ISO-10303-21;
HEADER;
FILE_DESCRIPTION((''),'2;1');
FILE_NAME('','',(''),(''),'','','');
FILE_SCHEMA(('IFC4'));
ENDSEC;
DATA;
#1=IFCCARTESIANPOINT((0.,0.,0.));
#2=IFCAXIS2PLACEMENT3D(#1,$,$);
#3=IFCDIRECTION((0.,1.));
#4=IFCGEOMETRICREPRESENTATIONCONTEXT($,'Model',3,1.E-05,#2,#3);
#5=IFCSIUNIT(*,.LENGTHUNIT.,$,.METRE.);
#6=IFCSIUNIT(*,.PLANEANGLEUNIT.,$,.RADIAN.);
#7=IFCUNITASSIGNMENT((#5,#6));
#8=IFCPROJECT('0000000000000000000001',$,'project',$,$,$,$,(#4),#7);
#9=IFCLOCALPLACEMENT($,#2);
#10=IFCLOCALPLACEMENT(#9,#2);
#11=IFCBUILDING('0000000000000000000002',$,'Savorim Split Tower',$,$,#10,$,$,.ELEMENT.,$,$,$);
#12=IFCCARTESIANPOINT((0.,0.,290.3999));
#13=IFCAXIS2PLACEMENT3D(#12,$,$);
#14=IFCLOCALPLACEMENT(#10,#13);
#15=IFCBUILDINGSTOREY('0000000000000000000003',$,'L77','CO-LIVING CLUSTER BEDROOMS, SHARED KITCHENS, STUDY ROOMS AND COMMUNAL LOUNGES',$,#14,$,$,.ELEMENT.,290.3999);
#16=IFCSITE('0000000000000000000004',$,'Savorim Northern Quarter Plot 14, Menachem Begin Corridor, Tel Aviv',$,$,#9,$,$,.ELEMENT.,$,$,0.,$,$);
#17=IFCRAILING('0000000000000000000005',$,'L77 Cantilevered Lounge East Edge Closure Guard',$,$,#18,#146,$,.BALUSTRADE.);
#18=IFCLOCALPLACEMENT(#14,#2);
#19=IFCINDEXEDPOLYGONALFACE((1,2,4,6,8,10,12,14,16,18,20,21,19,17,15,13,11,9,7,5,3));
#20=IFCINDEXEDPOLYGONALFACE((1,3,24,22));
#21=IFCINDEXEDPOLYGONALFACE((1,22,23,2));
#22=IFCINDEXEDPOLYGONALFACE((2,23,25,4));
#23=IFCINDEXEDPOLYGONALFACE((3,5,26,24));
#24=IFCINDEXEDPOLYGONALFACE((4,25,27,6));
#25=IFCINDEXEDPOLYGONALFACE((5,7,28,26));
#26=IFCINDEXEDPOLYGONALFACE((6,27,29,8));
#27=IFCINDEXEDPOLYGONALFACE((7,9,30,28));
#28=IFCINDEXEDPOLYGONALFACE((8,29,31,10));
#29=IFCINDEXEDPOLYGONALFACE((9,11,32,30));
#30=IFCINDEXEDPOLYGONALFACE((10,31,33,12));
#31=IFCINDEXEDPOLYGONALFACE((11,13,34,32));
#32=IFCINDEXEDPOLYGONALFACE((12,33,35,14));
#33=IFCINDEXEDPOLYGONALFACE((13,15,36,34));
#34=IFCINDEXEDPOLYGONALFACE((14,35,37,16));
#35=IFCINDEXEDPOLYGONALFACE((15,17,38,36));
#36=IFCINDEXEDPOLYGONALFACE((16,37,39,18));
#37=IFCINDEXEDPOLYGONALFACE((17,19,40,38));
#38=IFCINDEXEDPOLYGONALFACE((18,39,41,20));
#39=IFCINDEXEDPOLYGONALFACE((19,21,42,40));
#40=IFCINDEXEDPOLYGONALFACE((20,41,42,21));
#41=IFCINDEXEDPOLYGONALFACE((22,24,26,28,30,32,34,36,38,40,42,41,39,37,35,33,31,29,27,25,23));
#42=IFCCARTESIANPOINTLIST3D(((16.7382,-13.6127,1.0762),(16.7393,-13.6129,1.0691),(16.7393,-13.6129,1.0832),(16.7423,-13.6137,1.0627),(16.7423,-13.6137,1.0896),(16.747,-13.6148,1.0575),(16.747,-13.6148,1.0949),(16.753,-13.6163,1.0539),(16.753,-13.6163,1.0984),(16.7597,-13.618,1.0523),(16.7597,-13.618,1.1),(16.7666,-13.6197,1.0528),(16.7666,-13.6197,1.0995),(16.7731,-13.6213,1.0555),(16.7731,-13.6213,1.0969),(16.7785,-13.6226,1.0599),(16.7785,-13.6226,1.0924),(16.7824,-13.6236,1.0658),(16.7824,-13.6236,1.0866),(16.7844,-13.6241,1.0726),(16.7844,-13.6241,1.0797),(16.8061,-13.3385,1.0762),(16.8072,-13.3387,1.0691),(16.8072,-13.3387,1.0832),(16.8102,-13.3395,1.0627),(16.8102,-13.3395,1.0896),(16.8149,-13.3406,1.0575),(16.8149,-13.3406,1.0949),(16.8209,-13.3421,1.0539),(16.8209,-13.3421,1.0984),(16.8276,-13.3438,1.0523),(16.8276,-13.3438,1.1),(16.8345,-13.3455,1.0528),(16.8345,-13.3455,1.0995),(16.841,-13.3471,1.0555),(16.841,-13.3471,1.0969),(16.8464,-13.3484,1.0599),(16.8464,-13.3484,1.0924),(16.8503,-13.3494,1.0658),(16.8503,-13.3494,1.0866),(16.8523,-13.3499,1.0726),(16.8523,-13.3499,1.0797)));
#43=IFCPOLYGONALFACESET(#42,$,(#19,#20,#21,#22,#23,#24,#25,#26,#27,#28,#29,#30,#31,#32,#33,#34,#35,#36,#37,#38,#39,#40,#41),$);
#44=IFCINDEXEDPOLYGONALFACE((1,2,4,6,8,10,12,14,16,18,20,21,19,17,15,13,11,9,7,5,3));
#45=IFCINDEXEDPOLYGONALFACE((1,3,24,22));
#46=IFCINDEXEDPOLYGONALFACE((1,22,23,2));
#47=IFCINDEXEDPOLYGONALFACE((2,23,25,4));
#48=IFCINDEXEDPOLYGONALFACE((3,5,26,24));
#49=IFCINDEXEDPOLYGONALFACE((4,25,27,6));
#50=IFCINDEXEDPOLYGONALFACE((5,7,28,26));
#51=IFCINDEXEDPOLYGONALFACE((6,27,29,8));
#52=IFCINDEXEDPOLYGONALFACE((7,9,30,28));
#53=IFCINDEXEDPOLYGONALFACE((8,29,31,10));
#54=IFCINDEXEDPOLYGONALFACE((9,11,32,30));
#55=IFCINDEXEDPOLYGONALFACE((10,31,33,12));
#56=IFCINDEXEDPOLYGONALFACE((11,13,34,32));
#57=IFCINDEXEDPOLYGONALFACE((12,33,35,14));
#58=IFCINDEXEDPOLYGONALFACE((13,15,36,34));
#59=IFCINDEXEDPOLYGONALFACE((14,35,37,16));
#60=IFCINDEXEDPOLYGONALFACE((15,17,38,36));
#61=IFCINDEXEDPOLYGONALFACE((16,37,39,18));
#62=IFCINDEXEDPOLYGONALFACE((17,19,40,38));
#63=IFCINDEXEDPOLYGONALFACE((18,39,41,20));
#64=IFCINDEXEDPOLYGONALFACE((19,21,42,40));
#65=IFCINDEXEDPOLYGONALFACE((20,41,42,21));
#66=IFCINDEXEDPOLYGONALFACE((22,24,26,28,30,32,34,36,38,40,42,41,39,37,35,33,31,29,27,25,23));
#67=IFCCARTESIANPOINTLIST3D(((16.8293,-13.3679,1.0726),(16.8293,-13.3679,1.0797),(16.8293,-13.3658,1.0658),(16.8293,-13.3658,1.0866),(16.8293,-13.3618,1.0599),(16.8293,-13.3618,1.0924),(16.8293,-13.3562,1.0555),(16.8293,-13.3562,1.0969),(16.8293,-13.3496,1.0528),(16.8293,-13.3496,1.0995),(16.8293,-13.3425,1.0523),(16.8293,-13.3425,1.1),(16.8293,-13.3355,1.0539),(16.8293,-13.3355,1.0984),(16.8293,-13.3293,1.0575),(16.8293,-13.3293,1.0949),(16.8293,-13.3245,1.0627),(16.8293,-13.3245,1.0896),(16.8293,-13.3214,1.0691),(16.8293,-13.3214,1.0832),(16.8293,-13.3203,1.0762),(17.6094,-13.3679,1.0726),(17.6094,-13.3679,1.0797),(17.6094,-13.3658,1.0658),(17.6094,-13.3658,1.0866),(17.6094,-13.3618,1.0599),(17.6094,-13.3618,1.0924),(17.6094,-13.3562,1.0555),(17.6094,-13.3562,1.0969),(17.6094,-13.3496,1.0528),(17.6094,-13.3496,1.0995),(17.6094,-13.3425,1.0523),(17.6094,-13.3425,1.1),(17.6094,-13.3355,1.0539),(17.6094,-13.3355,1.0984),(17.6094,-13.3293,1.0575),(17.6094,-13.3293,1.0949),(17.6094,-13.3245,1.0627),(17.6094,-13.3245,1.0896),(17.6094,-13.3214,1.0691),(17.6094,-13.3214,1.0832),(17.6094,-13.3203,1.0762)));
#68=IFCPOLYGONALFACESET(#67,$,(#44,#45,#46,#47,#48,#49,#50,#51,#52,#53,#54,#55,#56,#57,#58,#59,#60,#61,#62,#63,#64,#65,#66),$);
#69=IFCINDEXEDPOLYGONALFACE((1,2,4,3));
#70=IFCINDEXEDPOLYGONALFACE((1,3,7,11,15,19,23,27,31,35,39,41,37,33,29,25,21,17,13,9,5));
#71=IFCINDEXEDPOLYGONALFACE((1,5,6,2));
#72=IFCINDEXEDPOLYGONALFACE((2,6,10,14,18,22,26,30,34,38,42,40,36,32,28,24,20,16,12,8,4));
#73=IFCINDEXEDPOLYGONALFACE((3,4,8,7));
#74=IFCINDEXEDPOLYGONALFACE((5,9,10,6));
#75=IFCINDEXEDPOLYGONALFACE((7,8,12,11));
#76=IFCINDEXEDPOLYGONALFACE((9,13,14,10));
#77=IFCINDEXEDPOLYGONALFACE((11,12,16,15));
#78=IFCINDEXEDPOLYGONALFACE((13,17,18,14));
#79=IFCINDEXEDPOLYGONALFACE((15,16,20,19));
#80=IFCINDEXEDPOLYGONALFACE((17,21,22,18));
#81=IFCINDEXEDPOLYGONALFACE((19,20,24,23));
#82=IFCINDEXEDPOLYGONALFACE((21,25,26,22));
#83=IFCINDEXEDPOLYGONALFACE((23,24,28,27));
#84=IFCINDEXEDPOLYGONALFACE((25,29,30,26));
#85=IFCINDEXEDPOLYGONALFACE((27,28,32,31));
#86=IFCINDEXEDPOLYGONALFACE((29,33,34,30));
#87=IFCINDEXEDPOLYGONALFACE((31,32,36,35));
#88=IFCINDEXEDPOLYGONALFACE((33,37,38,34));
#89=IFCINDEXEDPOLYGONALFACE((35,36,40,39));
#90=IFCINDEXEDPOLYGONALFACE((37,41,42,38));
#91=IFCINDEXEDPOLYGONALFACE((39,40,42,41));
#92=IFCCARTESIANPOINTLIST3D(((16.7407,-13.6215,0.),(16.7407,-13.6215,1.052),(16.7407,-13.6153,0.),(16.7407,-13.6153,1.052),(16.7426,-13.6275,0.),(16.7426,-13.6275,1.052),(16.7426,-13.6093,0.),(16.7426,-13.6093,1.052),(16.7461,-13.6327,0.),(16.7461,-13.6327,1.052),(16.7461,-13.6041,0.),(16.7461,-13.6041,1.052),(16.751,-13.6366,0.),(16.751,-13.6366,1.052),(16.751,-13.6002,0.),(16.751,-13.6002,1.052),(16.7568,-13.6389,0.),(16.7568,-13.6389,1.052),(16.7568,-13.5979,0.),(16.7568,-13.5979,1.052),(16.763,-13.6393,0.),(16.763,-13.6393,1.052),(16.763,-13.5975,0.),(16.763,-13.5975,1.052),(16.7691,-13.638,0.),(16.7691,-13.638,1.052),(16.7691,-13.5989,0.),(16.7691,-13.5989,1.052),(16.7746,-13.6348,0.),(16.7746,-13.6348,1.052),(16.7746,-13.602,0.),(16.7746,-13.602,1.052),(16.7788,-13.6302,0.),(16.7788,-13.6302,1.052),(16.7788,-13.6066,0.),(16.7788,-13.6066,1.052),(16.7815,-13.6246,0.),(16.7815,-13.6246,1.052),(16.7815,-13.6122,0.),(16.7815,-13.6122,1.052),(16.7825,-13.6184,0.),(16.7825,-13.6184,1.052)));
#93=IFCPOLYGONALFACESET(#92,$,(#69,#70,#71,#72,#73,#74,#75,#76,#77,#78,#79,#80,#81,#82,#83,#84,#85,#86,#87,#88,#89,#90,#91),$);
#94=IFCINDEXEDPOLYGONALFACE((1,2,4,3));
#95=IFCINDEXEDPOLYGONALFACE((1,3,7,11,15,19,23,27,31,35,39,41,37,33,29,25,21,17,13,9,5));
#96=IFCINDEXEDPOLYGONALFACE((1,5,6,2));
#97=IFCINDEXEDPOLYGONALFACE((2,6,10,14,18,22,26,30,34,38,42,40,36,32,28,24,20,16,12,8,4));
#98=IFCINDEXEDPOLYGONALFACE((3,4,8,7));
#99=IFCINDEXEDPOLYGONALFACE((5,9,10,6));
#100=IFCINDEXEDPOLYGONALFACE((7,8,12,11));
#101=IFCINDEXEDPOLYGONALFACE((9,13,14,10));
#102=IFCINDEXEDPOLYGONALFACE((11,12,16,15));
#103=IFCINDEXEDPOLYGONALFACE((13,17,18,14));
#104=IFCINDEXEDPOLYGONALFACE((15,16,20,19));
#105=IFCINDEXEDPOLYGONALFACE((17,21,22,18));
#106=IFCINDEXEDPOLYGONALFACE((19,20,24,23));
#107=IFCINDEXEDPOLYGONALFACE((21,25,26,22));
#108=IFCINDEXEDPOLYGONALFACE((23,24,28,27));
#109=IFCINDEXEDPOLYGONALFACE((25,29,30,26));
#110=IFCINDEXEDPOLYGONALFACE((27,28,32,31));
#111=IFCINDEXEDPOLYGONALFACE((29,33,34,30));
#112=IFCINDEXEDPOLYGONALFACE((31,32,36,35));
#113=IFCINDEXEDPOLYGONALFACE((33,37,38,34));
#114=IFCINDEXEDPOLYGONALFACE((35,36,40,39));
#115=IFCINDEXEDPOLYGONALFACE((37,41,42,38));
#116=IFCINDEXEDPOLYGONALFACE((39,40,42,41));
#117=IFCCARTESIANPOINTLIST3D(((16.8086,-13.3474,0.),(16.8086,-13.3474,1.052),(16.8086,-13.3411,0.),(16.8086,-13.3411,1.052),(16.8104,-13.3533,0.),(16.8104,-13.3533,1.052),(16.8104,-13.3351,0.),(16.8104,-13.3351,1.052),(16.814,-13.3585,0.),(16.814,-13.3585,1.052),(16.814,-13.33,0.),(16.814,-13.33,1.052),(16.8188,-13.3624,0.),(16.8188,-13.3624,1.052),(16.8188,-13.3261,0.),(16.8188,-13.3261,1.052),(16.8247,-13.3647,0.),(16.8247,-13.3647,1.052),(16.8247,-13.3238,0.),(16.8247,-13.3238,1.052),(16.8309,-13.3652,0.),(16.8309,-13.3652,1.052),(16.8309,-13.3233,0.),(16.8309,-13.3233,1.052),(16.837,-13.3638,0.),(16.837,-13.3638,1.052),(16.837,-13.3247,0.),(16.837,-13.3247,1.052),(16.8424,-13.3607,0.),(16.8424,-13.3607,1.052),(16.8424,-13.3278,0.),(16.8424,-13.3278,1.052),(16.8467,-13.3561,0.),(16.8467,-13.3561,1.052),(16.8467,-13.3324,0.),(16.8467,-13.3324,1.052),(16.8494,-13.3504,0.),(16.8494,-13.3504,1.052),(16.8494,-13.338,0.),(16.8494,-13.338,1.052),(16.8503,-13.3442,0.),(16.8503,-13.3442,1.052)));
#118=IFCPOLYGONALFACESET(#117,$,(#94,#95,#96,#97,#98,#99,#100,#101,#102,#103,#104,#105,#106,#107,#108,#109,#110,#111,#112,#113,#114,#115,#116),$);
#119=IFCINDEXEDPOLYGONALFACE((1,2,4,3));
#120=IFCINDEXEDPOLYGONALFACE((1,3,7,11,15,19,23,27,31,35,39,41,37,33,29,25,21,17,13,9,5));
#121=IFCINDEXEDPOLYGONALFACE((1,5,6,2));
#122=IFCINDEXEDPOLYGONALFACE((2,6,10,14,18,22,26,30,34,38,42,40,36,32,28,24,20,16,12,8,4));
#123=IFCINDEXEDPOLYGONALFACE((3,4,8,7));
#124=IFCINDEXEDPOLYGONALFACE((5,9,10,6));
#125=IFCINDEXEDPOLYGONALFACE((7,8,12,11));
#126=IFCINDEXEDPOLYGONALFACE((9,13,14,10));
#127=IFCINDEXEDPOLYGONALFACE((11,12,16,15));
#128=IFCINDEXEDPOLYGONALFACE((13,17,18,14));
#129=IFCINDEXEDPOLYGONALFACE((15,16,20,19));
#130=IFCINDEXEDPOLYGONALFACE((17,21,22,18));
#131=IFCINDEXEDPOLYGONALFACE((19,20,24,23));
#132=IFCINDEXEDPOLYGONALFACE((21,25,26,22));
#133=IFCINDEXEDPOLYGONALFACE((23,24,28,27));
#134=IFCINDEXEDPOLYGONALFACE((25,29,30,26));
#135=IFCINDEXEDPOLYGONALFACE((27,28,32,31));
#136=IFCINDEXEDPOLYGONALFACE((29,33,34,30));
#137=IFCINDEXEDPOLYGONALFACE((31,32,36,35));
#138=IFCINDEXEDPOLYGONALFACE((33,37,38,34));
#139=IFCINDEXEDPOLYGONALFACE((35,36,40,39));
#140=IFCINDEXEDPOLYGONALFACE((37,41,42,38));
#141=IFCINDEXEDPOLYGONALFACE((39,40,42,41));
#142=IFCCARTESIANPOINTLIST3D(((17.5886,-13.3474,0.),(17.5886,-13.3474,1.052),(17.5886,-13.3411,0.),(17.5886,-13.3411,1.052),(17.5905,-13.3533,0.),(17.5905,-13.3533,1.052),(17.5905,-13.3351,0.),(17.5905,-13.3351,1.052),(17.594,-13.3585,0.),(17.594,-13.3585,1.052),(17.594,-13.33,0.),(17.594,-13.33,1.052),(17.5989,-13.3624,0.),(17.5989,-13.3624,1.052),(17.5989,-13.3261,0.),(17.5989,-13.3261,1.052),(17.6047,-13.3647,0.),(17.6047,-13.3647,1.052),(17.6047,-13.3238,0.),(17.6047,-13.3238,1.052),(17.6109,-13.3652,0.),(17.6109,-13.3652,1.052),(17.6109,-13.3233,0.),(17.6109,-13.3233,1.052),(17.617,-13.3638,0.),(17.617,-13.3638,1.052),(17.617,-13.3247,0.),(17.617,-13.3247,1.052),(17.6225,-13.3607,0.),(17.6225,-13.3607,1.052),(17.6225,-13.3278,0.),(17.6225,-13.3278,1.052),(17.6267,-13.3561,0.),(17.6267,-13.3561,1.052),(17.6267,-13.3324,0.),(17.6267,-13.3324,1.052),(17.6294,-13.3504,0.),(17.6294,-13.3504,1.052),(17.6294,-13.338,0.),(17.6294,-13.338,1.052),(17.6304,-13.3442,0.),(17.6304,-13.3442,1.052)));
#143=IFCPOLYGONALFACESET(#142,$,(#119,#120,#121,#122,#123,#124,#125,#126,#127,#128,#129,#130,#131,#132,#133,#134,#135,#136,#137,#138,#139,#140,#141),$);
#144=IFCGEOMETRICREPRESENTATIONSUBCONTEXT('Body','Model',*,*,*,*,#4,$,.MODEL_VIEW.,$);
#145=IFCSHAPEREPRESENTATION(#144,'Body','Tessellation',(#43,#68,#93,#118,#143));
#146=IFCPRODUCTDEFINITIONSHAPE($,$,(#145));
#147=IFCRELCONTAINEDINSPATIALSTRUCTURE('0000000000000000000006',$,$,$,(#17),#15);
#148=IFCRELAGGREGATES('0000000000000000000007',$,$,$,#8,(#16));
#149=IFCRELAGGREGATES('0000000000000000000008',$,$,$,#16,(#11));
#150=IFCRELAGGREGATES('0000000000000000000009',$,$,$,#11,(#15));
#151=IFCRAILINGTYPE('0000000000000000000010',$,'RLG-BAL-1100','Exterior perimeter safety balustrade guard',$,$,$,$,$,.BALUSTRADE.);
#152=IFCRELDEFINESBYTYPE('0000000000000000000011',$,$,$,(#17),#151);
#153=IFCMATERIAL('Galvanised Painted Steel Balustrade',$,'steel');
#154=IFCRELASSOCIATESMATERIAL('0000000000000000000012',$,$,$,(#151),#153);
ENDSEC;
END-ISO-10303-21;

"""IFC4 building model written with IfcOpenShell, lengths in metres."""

from ifc_helpers import new_model, si_unit, direction, frame, origin, origin_2d, place, context, subcontext, project, spatial, circle, extrude, material, type_object, element, save


model = new_model("IFC4")

# Units and contexts
model_context = context("Model", 3, precision=1e-05, world=origin(), true_north=direction((0.0, 1.0)))
body_context = subcontext(model_context, "Body", "Model", "MODEL_VIEW")
ifc_project = project(units=[si_unit("LENGTHUNIT", "METRE"), si_unit("PLANEANGLEUNIT", "RADIAN")], contexts=[model_context])

# Site, building, storey
site_placement = place(None, origin())
site = spatial("IfcSite", under=ifc_project, at=site_placement, Name="Savorim Northern Quarter Plot 14, Menachem Begin Corridor, Tel Aviv", CompositionType="ELEMENT", RefElevation=0.0)
building_placement = place(site_placement, origin())
building = spatial("IfcBuilding", under=site, at=building_placement, Name="Savorim Split Tower", CompositionType="ELEMENT")
storey_placement = place(building_placement, frame((0.0, 0.0, 290.3999)))
storey = spatial("IfcBuildingStorey", under=building, at=storey_placement, Name="L77", Description="CO-LIVING CLUSTER BEDROOMS, SHARED KITCHENS, STUDY ROOMS AND COMMUNAL LOUNGES", CompositionType="ELEMENT", Elevation=290.3999)

# Railing
ifc_material_1 = material(Name="Galvanised Painted Steel Balustrade", Category="steel")
railing_type = type_object("IfcRailingType", Name="RLG-BAL-1100", Description="Exterior perimeter safety balustrade guard", PredefinedType="BALUSTRADE", material=ifc_material_1)
railing_placement = place(storey_placement, frame((16.7615, -13.6184, 0.0)))
element("IfcRailing", 1, at=railing_placement, inside=storey, type_object=railing_type, Name="L77 Cantilevered Lounge East Edge Closure Guard", PredefinedType="BALUSTRADE", context=body_context, shape_type="SweptSolid", body=[
    extrude(circle(Radius=0.0239, at=origin_2d()), frame((0.0, 0.0, 1.0762), z_axis=(0.240298, 0.970699, 0.0), x_axis=(-0.970699, 0.240298, 0.0)), (0.0, 0.0, 1.0), 0.2825),
    extrude(circle(Radius=0.0239, at=origin_2d()), frame((0.0679, 0.2742, 1.0762), z_axis=(1.0, 0.0, 0.0), x_axis=(0.0, 1.0, 0.0)), (0.0, 0.0, 1.0), 0.78),
    extrude(circle(Radius=0.021, at=origin_2d()), origin(), (0.0, 0.0, 1.0), 1.052),
    extrude(circle(Radius=0.021, at=origin_2d()), frame((0.0679, 0.2742, 0.0)), (0.0, 0.0, 1.0), 1.052),
    extrude(circle(Radius=0.021, at=origin_2d()), frame((0.8479, 0.2742, 0.0)), (0.0, 0.0, 1.0), 1.052),
])

save(model, "model.ifc")
